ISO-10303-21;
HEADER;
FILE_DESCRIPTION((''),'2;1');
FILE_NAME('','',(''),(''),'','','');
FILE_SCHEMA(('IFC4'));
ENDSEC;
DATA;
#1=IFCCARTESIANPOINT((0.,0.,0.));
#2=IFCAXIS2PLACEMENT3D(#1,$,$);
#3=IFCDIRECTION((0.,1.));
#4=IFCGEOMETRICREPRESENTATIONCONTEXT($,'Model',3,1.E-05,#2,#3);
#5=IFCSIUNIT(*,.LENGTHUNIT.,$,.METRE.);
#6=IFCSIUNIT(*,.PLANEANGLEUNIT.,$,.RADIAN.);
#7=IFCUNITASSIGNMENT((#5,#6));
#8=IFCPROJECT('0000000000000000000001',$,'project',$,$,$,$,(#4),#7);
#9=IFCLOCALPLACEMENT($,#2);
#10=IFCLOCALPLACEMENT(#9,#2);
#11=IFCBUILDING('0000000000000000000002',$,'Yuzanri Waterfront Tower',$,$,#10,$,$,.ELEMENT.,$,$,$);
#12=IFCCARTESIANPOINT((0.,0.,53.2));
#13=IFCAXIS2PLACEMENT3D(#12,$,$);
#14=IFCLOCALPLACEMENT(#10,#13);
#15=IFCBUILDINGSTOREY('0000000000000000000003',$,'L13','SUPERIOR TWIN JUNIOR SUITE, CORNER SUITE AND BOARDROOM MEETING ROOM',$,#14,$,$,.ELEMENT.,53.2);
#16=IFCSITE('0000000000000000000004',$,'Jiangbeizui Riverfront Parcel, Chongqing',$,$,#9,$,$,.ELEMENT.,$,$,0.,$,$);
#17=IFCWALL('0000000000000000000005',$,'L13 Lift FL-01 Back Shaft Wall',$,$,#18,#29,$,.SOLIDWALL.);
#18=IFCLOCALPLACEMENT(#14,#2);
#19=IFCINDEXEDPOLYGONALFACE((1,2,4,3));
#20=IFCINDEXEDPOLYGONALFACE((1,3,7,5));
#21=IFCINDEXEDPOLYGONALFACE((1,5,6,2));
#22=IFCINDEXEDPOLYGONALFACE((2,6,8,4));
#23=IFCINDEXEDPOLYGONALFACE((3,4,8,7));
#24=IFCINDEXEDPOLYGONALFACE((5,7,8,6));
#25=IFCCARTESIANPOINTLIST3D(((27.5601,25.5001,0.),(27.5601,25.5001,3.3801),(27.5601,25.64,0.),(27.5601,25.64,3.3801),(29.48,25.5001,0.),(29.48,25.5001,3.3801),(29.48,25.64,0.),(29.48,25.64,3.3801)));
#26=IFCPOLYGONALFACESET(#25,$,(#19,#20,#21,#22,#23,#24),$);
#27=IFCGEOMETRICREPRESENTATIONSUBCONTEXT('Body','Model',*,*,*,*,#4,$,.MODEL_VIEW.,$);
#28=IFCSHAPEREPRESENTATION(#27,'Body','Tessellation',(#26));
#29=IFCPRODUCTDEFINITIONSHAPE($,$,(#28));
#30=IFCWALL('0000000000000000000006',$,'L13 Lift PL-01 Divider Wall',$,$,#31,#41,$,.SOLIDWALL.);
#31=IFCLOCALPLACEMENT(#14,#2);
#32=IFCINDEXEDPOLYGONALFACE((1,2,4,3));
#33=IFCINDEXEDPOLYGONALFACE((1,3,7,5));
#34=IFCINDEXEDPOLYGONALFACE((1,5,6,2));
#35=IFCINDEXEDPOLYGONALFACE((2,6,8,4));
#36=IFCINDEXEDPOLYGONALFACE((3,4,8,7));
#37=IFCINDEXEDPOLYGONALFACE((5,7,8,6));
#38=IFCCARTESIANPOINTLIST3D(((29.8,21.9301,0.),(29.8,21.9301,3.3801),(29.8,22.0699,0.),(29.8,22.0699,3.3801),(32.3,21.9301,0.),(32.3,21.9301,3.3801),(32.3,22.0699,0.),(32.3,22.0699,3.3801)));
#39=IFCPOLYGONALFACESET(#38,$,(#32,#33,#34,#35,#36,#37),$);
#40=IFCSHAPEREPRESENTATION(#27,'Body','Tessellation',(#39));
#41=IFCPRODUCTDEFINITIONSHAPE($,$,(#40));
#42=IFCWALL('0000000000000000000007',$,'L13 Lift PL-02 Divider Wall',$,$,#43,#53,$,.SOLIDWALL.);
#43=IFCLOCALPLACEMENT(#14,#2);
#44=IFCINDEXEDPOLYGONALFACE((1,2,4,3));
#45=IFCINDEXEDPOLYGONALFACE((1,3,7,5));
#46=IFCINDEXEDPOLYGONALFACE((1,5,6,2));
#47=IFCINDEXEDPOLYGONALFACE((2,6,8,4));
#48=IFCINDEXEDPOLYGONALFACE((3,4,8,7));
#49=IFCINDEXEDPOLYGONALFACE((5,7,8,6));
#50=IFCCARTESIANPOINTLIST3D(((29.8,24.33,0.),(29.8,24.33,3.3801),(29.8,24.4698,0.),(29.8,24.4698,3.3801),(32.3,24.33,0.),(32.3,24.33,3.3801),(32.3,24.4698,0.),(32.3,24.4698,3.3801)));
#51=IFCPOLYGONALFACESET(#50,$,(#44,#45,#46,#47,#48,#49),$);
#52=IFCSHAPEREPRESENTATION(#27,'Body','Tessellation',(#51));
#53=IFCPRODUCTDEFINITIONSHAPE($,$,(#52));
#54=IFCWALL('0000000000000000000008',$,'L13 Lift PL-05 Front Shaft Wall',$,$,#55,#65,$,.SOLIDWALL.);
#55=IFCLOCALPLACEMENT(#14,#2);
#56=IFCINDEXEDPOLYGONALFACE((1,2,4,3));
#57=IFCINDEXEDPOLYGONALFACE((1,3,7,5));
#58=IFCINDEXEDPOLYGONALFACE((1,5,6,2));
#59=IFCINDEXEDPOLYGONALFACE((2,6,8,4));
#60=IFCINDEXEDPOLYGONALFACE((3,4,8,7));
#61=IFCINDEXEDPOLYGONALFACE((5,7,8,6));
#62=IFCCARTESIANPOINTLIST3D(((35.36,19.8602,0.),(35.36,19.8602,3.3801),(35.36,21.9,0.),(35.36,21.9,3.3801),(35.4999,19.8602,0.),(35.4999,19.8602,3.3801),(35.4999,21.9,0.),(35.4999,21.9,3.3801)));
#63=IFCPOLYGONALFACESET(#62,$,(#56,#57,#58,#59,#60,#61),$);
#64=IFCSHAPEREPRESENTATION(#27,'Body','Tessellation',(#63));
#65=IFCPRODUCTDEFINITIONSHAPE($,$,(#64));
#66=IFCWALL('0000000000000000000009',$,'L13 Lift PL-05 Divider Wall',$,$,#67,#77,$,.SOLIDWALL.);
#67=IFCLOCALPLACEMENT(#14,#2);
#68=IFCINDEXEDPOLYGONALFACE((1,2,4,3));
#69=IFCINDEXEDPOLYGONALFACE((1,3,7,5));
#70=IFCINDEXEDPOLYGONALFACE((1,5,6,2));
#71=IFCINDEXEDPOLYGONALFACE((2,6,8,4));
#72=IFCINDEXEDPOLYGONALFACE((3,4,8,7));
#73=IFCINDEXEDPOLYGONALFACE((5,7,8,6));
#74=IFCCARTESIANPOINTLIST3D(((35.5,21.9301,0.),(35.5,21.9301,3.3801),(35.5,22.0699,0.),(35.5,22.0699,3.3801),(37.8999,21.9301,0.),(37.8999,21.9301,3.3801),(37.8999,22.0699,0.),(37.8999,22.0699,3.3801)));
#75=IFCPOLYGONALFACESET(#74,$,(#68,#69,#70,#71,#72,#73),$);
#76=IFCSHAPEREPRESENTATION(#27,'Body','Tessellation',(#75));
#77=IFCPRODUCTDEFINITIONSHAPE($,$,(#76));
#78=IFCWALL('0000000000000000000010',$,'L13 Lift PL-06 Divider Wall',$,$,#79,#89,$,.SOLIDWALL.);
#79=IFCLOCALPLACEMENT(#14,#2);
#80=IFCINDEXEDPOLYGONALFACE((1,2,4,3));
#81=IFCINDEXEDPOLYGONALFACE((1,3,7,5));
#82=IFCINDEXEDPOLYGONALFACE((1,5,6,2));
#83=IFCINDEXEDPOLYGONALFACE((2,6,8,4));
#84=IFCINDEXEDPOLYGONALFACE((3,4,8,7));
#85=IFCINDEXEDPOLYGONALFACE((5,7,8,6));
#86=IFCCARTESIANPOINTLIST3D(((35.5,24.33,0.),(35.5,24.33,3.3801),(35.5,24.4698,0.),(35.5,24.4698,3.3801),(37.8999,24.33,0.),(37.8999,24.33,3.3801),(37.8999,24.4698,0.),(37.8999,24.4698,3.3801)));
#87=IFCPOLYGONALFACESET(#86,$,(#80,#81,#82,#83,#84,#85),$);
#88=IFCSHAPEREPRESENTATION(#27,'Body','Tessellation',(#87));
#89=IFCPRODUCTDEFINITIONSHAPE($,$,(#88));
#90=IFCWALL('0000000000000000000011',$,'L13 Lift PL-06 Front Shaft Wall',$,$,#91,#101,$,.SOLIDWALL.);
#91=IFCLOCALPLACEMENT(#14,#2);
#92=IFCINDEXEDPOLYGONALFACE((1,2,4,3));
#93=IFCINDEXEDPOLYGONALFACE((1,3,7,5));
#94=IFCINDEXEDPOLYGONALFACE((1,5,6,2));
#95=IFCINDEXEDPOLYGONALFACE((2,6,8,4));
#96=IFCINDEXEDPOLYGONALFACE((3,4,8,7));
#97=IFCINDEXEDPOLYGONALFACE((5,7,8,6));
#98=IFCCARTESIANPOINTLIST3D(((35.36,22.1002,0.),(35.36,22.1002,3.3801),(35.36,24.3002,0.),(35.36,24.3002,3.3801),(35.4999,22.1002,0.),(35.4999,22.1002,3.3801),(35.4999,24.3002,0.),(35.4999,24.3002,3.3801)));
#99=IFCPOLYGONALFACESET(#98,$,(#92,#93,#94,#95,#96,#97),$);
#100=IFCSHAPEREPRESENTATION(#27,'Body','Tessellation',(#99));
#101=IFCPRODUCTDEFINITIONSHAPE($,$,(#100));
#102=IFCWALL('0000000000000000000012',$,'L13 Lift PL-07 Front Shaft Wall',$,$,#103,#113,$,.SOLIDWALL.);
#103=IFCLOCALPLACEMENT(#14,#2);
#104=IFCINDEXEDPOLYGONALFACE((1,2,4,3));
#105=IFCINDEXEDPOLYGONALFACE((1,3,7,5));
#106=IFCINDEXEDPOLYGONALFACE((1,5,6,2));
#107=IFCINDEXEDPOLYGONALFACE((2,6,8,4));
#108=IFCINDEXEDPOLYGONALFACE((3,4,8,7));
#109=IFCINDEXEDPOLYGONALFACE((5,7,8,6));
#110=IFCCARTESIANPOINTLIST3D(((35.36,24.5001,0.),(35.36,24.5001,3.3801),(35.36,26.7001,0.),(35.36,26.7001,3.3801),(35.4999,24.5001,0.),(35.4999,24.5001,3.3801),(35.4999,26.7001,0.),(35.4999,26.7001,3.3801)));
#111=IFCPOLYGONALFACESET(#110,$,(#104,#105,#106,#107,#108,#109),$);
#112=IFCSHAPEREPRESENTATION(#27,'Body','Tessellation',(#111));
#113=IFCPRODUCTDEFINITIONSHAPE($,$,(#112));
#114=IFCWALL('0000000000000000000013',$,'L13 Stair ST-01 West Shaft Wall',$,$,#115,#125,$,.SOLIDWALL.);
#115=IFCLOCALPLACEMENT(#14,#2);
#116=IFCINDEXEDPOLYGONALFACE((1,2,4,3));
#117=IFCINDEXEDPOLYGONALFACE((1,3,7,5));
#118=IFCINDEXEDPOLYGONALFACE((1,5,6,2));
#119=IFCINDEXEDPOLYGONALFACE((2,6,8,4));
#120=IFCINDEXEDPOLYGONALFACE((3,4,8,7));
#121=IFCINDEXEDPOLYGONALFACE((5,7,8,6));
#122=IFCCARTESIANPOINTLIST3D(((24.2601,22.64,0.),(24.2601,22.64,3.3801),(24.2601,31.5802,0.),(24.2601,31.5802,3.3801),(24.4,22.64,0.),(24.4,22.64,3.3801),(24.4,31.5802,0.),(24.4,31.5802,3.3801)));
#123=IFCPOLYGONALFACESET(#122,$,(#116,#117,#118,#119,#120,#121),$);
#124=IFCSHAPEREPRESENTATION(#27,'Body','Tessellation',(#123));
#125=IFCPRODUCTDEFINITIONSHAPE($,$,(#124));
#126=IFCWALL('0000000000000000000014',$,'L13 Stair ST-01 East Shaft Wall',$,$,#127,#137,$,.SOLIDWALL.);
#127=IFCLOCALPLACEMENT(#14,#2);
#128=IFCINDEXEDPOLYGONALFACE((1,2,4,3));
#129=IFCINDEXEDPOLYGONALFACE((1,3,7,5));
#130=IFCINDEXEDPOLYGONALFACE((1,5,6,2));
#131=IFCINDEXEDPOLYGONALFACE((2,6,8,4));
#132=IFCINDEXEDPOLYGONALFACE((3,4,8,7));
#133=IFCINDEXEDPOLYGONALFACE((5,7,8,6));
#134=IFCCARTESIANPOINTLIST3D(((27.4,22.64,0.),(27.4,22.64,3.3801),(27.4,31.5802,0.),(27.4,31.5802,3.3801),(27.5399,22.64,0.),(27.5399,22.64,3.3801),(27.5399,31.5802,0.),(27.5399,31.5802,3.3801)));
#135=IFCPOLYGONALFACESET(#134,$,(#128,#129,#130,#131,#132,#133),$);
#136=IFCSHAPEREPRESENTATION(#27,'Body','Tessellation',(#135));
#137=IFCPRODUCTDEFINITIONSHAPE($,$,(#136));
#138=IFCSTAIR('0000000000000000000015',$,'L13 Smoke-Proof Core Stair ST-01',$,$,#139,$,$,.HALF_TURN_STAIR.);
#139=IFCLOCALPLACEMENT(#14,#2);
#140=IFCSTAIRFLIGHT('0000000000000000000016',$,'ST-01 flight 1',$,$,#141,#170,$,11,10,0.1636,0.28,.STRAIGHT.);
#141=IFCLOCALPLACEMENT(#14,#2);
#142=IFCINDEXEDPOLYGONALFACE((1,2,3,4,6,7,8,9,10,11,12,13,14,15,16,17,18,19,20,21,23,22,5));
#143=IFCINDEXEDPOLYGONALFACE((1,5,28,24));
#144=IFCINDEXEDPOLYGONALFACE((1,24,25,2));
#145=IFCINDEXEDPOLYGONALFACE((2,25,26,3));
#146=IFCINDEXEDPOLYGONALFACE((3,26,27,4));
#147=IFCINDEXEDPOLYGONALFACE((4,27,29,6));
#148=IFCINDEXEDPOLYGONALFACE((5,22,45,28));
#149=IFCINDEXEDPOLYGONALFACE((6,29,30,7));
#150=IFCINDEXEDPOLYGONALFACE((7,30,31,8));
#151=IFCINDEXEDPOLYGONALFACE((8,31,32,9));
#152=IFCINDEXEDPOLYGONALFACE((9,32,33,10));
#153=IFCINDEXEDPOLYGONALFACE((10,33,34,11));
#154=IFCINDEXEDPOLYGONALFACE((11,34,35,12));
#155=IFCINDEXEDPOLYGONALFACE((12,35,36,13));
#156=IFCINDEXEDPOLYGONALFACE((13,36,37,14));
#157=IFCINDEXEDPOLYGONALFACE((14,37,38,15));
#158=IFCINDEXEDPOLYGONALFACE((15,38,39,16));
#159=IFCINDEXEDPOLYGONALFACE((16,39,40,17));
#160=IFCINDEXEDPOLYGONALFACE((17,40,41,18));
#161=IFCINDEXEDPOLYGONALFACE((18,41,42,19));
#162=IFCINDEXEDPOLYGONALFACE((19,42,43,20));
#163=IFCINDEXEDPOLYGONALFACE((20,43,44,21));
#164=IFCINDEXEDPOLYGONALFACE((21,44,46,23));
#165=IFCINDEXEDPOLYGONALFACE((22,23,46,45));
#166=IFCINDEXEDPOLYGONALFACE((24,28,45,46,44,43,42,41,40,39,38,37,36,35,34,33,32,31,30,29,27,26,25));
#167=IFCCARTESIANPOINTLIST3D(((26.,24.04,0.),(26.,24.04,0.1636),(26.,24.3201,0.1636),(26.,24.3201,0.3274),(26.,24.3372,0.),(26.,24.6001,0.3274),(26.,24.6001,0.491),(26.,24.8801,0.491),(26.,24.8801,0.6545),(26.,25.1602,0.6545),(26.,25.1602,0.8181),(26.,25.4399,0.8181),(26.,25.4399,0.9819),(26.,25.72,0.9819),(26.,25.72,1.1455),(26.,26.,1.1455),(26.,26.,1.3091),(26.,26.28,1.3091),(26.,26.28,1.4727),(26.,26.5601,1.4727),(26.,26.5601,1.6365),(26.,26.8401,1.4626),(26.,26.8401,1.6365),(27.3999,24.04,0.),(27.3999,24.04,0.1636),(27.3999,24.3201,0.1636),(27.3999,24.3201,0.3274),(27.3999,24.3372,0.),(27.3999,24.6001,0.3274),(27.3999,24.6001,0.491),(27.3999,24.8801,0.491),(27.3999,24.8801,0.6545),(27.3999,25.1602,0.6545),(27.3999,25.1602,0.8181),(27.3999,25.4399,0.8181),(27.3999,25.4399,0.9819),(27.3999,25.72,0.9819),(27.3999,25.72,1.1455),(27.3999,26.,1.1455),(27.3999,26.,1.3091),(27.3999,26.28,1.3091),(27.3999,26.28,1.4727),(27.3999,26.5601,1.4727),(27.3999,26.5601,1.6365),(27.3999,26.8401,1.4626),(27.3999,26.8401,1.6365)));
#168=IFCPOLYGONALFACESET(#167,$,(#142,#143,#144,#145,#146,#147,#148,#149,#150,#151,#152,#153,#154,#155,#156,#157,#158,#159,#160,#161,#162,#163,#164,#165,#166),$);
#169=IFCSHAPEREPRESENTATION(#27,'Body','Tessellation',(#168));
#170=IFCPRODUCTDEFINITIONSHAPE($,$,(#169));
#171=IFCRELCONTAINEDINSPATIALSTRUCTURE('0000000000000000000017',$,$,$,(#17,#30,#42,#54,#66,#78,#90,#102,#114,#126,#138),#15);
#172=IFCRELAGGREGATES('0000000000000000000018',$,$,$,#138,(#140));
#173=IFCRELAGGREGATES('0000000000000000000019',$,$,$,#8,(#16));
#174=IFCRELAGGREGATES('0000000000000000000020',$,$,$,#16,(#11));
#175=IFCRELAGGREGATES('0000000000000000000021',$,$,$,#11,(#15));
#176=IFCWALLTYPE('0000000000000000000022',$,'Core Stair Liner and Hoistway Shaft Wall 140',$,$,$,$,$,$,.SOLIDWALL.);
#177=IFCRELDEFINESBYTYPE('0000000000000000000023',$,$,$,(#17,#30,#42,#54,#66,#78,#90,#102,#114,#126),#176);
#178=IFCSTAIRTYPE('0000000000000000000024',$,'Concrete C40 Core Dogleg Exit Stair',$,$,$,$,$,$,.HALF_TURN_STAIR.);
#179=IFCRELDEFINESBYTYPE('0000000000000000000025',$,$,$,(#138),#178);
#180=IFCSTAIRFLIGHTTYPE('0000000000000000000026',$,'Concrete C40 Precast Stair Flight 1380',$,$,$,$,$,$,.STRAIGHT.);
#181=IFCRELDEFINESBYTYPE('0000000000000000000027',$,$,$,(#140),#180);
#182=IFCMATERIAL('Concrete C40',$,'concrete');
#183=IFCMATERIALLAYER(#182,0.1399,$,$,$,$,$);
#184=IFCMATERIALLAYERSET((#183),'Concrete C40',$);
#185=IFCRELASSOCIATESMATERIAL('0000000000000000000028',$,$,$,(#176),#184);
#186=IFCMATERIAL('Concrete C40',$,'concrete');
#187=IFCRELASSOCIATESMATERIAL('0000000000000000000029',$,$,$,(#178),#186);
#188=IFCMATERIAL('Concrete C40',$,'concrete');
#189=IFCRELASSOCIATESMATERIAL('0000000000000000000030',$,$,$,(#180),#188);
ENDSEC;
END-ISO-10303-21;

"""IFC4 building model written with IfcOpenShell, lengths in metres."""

from ifc_helpers import new_model, si_unit, direction, frame, frame_2d, origin, place, context, subcontext, project, spatial, polyline, rectangle, outline, extrude, source, transform, mapped, material, layer, layer_set, type_object, element, aggregate, save


model = new_model("IFC4")

# Units and contexts
model_context = context("Model", 3, precision=1e-05, world=origin(), true_north=direction((0.0, 1.0)))
body_context = subcontext(model_context, "Body", "Model", "MODEL_VIEW")
ifc_project = project(units=[si_unit("LENGTHUNIT", "METRE"), si_unit("PLANEANGLEUNIT", "RADIAN")], contexts=[model_context])

# Site, building, storey
site_placement = place(None, origin())
site = spatial("IfcSite", under=ifc_project, at=site_placement, Name="Jiangbeizui Riverfront Parcel, Chongqing", CompositionType="ELEMENT", RefElevation=0.0)
building_placement = place(site_placement, origin())
building = spatial("IfcBuilding", under=site, at=building_placement, Name="Yuzanri Waterfront Tower", CompositionType="ELEMENT")
storey_placement = place(building_placement, frame((0.0, 0.0, 53.2)))
storey = spatial("IfcBuildingStorey", under=building, at=storey_placement, Name="L13", Description="SUPERIOR TWIN JUNIOR SUITE, CORNER SUITE AND BOARDROOM MEETING ROOM", CompositionType="ELEMENT", Elevation=53.2)

# Shared definitions
ifc_material_1 = material(Name="Concrete C40", Category="concrete")
ifc_layer_1 = layer(ifc_material_1, 0.1399)
ifc_layer_set_1 = layer_set([ifc_layer_1], Name="Concrete C40")
wall_type_1 = type_object("IfcWallType", Name="Core Stair Liner and Hoistway Shaft Wall 140", PredefinedType="SOLIDWALL", material=ifc_layer_set_1)

# Walls
shared_shape_1 = source(origin(), body_context, "Body", "SweptSolid", [
    extrude(rectangle(XDim=1.9199, YDim=0.1399, at=frame_2d((0.96, 0.0))), origin(), (0.0, 0.0, 1.0), 3.3801),
])
wall_1_placement = place(storey_placement, frame((27.5601, 25.5701, 0.0), z_axis=(0.0, 0.0, 1.0), x_axis=(1.0, 0.0, 0.0)))
element("IfcWall", 1, at=wall_1_placement, inside=storey, type_object=wall_type_1, Name="L13 Lift FL-01 Back Shaft Wall", PredefinedType="SOLIDWALL", context=body_context, shape_type="MappedRepresentation", body=[
    mapped(shared_shape_1, transform((0.0, 0.0, 0.0), scale=1.0)),
])
shared_shape_2 = source(origin(), body_context, "Body", "SweptSolid", [
    extrude(rectangle(XDim=2.5, YDim=0.1399, at=frame_2d((1.25, 0.0))), origin(), (0.0, 0.0, 1.0), 3.3801),
])
for number, where, z_axis, x_axis, name in (
    (2, (29.8, 22.0, 0.0), (0.0, 0.0, 1.0), (1.0, 0.0, 0.0), "L13 Lift PL-01 Divider Wall"),
    (3, (29.8, 24.3999, 0.0), (0.0, 0.0, 1.0), (1.0, 0.0, 0.0), "L13 Lift PL-02 Divider Wall"),
):
    element("IfcWall", number, at=place(storey_placement, frame(where, z_axis=z_axis, x_axis=x_axis)), inside=storey, type_object=wall_type_1, Name=name, PredefinedType="SOLIDWALL", context=body_context, shape_type="MappedRepresentation", body=[
        mapped(shared_shape_2, transform((0.0, 0.0, 0.0), scale=1.0)),
    ])
shared_shape_3 = source(origin(), body_context, "Body", "SweptSolid", [
    extrude(rectangle(XDim=2.0398, YDim=0.1399, at=frame_2d((1.02, 0.0))), origin(), (0.0, 0.0, 1.0), 3.3801),
])
wall_2_placement = place(storey_placement, frame((35.4299, 19.8601, 0.0), z_axis=(0.0, 0.0, 1.0), x_axis=(0.0, 1.0, 0.0)))
element("IfcWall", 4, at=wall_2_placement, inside=storey, type_object=wall_type_1, Name="L13 Lift PL-05 Front Shaft Wall", PredefinedType="SOLIDWALL", context=body_context, shape_type="MappedRepresentation", body=[
    mapped(shared_shape_3, transform((0.0, 0.0, 0.0), scale=1.0)),
])
shared_shape_4 = source(origin(), body_context, "Body", "SweptSolid", [
    extrude(rectangle(XDim=2.3999, YDim=0.1399, at=frame_2d((1.2, 0.0))), origin(), (0.0, 0.0, 1.0), 3.3801),
])
for number, where, z_axis, x_axis, name in (
    (5, (35.5, 22.0, 0.0), (0.0, 0.0, 1.0), (1.0, 0.0, 0.0), "L13 Lift PL-05 Divider Wall"),
    (6, (35.5, 24.3999, 0.0), (0.0, 0.0, 1.0), (1.0, 0.0, 0.0), "L13 Lift PL-06 Divider Wall"),
):
    element("IfcWall", number, at=place(storey_placement, frame(where, z_axis=z_axis, x_axis=x_axis)), inside=storey, type_object=wall_type_1, Name=name, PredefinedType="SOLIDWALL", context=body_context, shape_type="MappedRepresentation", body=[
        mapped(shared_shape_4, transform((0.0, 0.0, 0.0), scale=1.0)),
    ])
shared_shape_5 = source(origin(), body_context, "Body", "SweptSolid", [
    extrude(rectangle(XDim=2.2, YDim=0.1399, at=frame_2d((1.1001, 0.0))), origin(), (0.0, 0.0, 1.0), 3.3801),
])
for number, where, z_axis, x_axis, name in (
    (7, (35.4299, 22.1001, 0.0), (0.0, 0.0, 1.0), (0.0, 1.0, 0.0), "L13 Lift PL-06 Front Shaft Wall"),
    (8, (35.4299, 24.5, 0.0), (0.0, 0.0, 1.0), (0.0, 1.0, 0.0), "L13 Lift PL-07 Front Shaft Wall"),
):
    element("IfcWall", number, at=place(storey_placement, frame(where, z_axis=z_axis, x_axis=x_axis)), inside=storey, type_object=wall_type_1, Name=name, PredefinedType="SOLIDWALL", context=body_context, shape_type="MappedRepresentation", body=[
        mapped(shared_shape_5, transform((0.0, 0.0, 0.0), scale=1.0)),
    ])
shared_shape_6 = source(origin(), body_context, "Body", "SweptSolid", [
    extrude(rectangle(XDim=8.9402, YDim=0.1399, at=frame_2d((4.4702, 0.0))), origin(), (0.0, 0.0, 1.0), 3.3801),
])
for number, where, z_axis, x_axis, name in (
    (9, (24.3301, 22.6399, 0.0), (0.0, 0.0, 1.0), (0.0, 1.0, 0.0), "L13 Stair ST-01 West Shaft Wall"),
    (10, (27.47, 22.6399, 0.0), (0.0, 0.0, 1.0), (0.0, 1.0, 0.0), "L13 Stair ST-01 East Shaft Wall"),
):
    element("IfcWall", number, at=place(storey_placement, frame(where, z_axis=z_axis, x_axis=x_axis)), inside=storey, type_object=wall_type_1, Name=name, PredefinedType="SOLIDWALL", context=body_context, shape_type="MappedRepresentation", body=[
        mapped(shared_shape_6, transform((0.0, 0.0, 0.0), scale=1.0)),
    ])

# Stair, stair flight
ifc_material_2 = material(Name="Concrete C40", Category="concrete")
stair_type = type_object("IfcStairType", Name="Concrete C40 Core Dogleg Exit Stair", PredefinedType="HALF_TURN_STAIR", material=ifc_material_2)
stair_placement = place(storey_placement, origin())
stair = element("IfcStair", 11, at=stair_placement, inside=storey, type_object=stair_type, Name="L13 Smoke-Proof Core Stair ST-01", PredefinedType="HALF_TURN_STAIR")
ifc_material_3 = material(Name="Concrete C40", Category="concrete")
stair_flight_type = type_object("IfcStairFlightType", Name="Concrete C40 Precast Stair Flight 1380", PredefinedType="STRAIGHT", material=ifc_material_3)
shared_shape_7 = source(origin(), body_context, "Body", "SweptSolid", [
    extrude(outline(polyline([(0.0, 0.0), (0.0, 0.1636), (0.28, 0.1636), (0.28, 0.3274), (0.5601, 0.3274), (0.5601, 0.491), (0.8401, 0.491), (0.8401, 0.6545), (1.1201, 0.6545), (1.1201, 0.8181), (1.3999, 0.8181), (1.3999, 0.9819), (1.6799, 0.9819), (1.6799, 1.1455), (1.96, 1.1455), (1.96, 1.3091), (2.24, 1.3091), (2.24, 1.4727), (2.52, 1.4727), (2.52, 1.6365), (2.8, 1.6365), (2.8, 1.8), (2.8, 1.4626), (0.2971, 0.0), (0.0, 0.0)])), frame((0.0, 0.7, 0.0), z_axis=(0.0, -1.0, 0.0), x_axis=(1.0, 0.0, 0.0)), (0.0, 0.0, 1.0), 1.3999),
])
stair_flight_placement = place(storey_placement, frame((26.7, 24.04, 0.0), z_axis=(0.0, 0.0, 1.0), x_axis=(0.0, 1.0, 0.0)))
stair_flight = element("IfcStairFlight", 12, at=stair_flight_placement, type_object=stair_flight_type, Name="ST-01 flight 1", NumberOfRisers=11, NumberOfTreads=10, PredefinedType="STRAIGHT", RiserHeight=0.1636, TreadLength=0.28, context=body_context, shape_type="MappedRepresentation", body=[
    mapped(shared_shape_7, transform((0.0, 0.0, 0.0), scale=1.0)),
])
aggregate(stair, [stair_flight])

save(model, "model.ifc")
